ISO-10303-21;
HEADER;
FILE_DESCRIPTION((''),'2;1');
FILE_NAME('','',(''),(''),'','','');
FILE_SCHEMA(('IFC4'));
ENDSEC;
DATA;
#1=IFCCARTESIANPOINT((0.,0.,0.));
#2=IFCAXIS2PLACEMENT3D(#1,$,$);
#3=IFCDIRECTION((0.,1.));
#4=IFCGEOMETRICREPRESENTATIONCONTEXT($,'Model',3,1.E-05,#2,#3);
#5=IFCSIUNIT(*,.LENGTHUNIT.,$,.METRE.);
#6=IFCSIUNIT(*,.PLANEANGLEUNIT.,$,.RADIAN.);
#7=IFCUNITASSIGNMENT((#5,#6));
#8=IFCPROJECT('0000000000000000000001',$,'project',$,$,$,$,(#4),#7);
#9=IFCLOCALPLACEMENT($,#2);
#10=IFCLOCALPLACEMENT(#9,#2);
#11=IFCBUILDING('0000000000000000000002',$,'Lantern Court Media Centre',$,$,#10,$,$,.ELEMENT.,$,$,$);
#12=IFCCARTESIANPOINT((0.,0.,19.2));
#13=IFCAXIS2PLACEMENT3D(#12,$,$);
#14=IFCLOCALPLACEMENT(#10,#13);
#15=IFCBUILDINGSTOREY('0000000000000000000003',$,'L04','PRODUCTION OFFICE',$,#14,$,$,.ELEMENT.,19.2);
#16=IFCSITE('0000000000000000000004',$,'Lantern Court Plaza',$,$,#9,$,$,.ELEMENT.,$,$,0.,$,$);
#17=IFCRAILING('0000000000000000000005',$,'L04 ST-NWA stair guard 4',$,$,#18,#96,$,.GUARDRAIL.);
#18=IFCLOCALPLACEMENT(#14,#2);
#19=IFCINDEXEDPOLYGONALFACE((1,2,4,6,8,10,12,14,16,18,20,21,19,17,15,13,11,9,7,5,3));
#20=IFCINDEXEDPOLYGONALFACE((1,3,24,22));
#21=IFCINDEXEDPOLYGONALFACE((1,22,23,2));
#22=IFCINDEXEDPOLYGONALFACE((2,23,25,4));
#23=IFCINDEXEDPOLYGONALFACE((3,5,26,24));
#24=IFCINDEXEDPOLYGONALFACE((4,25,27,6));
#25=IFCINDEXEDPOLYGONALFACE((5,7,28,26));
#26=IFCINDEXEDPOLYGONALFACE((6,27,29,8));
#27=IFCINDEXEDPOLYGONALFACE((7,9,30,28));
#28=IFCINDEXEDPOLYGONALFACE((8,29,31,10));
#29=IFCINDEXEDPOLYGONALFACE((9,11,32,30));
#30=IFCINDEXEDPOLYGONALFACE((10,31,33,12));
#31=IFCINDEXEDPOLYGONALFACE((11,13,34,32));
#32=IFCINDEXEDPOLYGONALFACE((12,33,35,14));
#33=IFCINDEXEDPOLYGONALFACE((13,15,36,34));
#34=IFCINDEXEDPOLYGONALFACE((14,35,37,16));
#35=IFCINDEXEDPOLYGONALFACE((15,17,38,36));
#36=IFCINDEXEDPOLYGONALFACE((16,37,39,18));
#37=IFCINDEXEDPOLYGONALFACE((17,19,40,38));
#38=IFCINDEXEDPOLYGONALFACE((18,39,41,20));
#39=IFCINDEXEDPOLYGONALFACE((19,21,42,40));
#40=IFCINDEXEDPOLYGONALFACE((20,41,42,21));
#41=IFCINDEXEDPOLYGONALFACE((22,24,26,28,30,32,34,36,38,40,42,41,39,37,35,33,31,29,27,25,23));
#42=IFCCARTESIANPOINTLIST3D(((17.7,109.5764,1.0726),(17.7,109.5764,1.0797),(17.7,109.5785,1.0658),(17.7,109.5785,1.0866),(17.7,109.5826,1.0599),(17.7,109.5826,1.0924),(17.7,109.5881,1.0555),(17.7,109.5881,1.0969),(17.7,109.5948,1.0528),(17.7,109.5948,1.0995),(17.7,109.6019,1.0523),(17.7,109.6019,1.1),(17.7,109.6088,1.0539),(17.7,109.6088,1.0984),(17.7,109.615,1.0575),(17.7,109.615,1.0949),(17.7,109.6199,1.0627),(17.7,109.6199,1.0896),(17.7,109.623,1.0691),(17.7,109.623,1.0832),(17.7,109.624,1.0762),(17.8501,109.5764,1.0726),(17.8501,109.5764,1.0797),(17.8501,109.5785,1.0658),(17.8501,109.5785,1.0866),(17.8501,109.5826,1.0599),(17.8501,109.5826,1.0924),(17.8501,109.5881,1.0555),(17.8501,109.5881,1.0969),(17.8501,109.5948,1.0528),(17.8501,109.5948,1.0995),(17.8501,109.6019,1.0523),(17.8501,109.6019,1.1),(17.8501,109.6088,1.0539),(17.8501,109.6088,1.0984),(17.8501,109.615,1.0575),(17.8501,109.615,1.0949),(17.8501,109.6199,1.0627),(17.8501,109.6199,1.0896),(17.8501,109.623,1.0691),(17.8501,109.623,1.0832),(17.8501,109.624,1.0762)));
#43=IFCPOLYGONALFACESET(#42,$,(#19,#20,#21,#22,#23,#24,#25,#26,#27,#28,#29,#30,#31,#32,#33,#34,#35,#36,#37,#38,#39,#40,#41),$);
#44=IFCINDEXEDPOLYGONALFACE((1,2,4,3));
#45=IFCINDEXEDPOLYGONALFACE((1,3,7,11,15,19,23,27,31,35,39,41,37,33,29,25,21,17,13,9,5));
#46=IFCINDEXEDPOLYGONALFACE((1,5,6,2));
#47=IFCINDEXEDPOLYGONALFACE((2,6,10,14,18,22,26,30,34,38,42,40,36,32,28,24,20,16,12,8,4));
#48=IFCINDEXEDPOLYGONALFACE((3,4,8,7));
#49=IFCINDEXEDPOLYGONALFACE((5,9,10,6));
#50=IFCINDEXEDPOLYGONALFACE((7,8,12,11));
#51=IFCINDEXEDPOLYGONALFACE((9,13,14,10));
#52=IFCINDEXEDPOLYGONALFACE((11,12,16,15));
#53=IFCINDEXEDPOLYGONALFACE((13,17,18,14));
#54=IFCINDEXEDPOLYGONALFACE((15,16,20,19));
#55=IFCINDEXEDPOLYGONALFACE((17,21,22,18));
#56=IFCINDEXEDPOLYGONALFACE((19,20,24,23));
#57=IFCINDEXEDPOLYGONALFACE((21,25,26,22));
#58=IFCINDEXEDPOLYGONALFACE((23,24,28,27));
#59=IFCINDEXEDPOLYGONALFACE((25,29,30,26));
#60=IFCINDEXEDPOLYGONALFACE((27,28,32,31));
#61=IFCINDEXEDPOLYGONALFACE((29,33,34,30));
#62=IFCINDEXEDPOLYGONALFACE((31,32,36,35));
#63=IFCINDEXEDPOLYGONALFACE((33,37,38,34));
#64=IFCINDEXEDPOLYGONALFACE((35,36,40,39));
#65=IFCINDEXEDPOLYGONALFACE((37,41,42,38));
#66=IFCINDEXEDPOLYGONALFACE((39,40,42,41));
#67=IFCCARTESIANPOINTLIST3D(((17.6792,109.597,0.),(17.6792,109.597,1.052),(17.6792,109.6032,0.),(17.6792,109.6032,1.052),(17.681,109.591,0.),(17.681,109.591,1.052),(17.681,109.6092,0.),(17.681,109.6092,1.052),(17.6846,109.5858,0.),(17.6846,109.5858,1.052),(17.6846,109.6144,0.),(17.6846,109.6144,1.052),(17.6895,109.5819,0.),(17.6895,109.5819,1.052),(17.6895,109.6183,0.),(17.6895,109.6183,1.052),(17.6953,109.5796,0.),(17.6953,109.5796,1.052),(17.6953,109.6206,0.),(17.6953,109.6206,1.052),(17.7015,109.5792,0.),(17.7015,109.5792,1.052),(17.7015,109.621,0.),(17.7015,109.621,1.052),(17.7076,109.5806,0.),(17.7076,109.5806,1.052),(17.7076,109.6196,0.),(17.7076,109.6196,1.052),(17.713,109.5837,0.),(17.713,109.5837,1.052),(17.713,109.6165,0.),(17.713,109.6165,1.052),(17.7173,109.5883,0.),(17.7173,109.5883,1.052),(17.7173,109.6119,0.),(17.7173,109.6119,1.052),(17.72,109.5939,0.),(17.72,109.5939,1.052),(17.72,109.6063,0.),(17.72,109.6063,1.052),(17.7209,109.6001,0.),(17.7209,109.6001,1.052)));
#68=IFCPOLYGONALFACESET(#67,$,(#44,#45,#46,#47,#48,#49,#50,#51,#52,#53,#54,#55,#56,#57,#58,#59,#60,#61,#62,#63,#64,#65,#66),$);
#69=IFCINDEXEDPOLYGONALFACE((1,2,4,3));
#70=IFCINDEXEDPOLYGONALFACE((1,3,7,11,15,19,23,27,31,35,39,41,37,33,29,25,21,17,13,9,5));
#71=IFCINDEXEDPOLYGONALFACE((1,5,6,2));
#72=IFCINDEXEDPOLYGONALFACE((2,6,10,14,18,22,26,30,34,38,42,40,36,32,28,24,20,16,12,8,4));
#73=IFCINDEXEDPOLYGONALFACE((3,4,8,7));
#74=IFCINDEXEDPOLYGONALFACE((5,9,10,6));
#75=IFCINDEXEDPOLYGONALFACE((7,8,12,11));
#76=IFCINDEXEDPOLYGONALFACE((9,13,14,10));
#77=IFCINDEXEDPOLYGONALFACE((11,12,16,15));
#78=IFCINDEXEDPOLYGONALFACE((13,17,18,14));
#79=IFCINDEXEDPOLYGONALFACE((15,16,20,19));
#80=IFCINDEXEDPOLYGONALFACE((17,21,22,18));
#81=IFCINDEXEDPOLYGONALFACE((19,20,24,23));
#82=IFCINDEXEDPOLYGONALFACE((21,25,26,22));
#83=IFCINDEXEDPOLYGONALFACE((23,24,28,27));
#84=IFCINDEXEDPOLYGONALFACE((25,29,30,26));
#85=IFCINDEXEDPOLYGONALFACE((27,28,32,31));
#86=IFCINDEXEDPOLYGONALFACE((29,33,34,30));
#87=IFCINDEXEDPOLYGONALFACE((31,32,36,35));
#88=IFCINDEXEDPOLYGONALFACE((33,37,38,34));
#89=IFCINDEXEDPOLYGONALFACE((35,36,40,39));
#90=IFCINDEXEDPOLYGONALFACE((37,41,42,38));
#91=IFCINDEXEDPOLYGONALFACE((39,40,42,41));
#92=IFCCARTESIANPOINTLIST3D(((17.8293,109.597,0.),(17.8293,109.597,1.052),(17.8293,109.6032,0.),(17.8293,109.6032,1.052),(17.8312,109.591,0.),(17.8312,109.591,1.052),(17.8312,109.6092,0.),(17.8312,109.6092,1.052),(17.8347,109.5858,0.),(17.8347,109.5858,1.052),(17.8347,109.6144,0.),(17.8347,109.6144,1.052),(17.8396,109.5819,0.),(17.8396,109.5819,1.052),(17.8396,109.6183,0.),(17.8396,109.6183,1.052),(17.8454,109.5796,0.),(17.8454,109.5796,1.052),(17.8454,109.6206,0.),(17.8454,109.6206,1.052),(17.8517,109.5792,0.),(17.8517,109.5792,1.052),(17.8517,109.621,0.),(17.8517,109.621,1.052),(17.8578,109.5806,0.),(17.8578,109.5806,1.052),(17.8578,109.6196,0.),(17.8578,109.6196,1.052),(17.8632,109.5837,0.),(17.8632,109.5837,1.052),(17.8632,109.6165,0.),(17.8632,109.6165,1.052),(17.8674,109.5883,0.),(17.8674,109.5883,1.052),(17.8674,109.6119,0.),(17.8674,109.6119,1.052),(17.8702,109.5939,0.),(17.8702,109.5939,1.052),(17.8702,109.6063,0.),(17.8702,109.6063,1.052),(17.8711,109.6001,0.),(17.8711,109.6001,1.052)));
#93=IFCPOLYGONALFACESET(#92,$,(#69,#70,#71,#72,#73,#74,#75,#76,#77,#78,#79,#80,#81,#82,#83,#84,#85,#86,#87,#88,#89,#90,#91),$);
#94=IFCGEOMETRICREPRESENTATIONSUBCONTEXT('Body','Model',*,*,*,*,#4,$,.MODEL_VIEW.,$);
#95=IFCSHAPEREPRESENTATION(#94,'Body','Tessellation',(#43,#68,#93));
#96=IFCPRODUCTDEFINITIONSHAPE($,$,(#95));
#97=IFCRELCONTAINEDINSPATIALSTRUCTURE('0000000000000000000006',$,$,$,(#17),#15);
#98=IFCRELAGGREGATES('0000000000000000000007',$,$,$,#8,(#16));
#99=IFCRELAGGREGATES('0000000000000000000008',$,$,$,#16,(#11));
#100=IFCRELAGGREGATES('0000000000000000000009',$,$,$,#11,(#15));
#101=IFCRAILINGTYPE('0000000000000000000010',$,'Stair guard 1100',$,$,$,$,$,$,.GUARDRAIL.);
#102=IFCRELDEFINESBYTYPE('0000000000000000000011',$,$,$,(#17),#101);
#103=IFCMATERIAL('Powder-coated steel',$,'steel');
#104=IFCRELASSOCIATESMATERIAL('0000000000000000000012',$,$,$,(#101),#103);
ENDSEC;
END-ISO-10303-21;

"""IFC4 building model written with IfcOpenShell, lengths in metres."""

from ifc_helpers import new_model, si_unit, direction, frame, origin, origin_2d, place, context, subcontext, project, spatial, circle, extrude, material, type_object, element, save


model = new_model("IFC4")

# Units and contexts
model_context = context("Model", 3, precision=1e-05, world=origin(), true_north=direction((0.0, 1.0)))
body_context = subcontext(model_context, "Body", "Model", "MODEL_VIEW")
ifc_project = project(units=[si_unit("LENGTHUNIT", "METRE"), si_unit("PLANEANGLEUNIT", "RADIAN")], contexts=[model_context])

# Site, building, storey
site_placement = place(None, origin())
site = spatial("IfcSite", under=ifc_project, at=site_placement, Name="Lantern Court Plaza", CompositionType="ELEMENT", RefElevation=0.0)
building_placement = place(site_placement, origin())
building = spatial("IfcBuilding", under=site, at=building_placement, Name="Lantern Court Media Centre", CompositionType="ELEMENT")
storey_placement = place(building_placement, frame((0.0, 0.0, 19.2)))
storey = spatial("IfcBuildingStorey", under=building, at=storey_placement, Name="L04", Description="PRODUCTION OFFICE", CompositionType="ELEMENT", Elevation=19.2)

# Shared definitions
ifc_material_1 = material(Name="Powder-coated steel", Category="steel")

# Railing
railing_type_1 = type_object("IfcRailingType", Name="Stair guard 1100", PredefinedType="GUARDRAIL", material=ifc_material_1)
railing_1_placement = place(storey_placement, frame((17.7, 109.6001, 0.0)))
element("IfcRailing", 1, at=railing_1_placement, inside=storey, type_object=railing_type_1, Name="L04 ST-NWA stair guard 4", PredefinedType="GUARDRAIL", context=body_context, shape_type="SweptSolid", body=[
    extrude(circle(Radius=0.0239, at=origin_2d()), frame((0.0, 0.0, 1.0762), z_axis=(1.0, 0.0, 0.0), x_axis=(0.0, 1.0, 0.0)), (0.0, 0.0, 1.0), 0.1501),
    extrude(circle(Radius=0.021, at=origin_2d()), origin(), (0.0, 0.0, 1.0), 1.052),
    extrude(circle(Radius=0.021, at=origin_2d()), frame((0.1501, 0.0, 0.0)), (0.0, 0.0, 1.0), 1.052),
])

save(model, "model.ifc")
